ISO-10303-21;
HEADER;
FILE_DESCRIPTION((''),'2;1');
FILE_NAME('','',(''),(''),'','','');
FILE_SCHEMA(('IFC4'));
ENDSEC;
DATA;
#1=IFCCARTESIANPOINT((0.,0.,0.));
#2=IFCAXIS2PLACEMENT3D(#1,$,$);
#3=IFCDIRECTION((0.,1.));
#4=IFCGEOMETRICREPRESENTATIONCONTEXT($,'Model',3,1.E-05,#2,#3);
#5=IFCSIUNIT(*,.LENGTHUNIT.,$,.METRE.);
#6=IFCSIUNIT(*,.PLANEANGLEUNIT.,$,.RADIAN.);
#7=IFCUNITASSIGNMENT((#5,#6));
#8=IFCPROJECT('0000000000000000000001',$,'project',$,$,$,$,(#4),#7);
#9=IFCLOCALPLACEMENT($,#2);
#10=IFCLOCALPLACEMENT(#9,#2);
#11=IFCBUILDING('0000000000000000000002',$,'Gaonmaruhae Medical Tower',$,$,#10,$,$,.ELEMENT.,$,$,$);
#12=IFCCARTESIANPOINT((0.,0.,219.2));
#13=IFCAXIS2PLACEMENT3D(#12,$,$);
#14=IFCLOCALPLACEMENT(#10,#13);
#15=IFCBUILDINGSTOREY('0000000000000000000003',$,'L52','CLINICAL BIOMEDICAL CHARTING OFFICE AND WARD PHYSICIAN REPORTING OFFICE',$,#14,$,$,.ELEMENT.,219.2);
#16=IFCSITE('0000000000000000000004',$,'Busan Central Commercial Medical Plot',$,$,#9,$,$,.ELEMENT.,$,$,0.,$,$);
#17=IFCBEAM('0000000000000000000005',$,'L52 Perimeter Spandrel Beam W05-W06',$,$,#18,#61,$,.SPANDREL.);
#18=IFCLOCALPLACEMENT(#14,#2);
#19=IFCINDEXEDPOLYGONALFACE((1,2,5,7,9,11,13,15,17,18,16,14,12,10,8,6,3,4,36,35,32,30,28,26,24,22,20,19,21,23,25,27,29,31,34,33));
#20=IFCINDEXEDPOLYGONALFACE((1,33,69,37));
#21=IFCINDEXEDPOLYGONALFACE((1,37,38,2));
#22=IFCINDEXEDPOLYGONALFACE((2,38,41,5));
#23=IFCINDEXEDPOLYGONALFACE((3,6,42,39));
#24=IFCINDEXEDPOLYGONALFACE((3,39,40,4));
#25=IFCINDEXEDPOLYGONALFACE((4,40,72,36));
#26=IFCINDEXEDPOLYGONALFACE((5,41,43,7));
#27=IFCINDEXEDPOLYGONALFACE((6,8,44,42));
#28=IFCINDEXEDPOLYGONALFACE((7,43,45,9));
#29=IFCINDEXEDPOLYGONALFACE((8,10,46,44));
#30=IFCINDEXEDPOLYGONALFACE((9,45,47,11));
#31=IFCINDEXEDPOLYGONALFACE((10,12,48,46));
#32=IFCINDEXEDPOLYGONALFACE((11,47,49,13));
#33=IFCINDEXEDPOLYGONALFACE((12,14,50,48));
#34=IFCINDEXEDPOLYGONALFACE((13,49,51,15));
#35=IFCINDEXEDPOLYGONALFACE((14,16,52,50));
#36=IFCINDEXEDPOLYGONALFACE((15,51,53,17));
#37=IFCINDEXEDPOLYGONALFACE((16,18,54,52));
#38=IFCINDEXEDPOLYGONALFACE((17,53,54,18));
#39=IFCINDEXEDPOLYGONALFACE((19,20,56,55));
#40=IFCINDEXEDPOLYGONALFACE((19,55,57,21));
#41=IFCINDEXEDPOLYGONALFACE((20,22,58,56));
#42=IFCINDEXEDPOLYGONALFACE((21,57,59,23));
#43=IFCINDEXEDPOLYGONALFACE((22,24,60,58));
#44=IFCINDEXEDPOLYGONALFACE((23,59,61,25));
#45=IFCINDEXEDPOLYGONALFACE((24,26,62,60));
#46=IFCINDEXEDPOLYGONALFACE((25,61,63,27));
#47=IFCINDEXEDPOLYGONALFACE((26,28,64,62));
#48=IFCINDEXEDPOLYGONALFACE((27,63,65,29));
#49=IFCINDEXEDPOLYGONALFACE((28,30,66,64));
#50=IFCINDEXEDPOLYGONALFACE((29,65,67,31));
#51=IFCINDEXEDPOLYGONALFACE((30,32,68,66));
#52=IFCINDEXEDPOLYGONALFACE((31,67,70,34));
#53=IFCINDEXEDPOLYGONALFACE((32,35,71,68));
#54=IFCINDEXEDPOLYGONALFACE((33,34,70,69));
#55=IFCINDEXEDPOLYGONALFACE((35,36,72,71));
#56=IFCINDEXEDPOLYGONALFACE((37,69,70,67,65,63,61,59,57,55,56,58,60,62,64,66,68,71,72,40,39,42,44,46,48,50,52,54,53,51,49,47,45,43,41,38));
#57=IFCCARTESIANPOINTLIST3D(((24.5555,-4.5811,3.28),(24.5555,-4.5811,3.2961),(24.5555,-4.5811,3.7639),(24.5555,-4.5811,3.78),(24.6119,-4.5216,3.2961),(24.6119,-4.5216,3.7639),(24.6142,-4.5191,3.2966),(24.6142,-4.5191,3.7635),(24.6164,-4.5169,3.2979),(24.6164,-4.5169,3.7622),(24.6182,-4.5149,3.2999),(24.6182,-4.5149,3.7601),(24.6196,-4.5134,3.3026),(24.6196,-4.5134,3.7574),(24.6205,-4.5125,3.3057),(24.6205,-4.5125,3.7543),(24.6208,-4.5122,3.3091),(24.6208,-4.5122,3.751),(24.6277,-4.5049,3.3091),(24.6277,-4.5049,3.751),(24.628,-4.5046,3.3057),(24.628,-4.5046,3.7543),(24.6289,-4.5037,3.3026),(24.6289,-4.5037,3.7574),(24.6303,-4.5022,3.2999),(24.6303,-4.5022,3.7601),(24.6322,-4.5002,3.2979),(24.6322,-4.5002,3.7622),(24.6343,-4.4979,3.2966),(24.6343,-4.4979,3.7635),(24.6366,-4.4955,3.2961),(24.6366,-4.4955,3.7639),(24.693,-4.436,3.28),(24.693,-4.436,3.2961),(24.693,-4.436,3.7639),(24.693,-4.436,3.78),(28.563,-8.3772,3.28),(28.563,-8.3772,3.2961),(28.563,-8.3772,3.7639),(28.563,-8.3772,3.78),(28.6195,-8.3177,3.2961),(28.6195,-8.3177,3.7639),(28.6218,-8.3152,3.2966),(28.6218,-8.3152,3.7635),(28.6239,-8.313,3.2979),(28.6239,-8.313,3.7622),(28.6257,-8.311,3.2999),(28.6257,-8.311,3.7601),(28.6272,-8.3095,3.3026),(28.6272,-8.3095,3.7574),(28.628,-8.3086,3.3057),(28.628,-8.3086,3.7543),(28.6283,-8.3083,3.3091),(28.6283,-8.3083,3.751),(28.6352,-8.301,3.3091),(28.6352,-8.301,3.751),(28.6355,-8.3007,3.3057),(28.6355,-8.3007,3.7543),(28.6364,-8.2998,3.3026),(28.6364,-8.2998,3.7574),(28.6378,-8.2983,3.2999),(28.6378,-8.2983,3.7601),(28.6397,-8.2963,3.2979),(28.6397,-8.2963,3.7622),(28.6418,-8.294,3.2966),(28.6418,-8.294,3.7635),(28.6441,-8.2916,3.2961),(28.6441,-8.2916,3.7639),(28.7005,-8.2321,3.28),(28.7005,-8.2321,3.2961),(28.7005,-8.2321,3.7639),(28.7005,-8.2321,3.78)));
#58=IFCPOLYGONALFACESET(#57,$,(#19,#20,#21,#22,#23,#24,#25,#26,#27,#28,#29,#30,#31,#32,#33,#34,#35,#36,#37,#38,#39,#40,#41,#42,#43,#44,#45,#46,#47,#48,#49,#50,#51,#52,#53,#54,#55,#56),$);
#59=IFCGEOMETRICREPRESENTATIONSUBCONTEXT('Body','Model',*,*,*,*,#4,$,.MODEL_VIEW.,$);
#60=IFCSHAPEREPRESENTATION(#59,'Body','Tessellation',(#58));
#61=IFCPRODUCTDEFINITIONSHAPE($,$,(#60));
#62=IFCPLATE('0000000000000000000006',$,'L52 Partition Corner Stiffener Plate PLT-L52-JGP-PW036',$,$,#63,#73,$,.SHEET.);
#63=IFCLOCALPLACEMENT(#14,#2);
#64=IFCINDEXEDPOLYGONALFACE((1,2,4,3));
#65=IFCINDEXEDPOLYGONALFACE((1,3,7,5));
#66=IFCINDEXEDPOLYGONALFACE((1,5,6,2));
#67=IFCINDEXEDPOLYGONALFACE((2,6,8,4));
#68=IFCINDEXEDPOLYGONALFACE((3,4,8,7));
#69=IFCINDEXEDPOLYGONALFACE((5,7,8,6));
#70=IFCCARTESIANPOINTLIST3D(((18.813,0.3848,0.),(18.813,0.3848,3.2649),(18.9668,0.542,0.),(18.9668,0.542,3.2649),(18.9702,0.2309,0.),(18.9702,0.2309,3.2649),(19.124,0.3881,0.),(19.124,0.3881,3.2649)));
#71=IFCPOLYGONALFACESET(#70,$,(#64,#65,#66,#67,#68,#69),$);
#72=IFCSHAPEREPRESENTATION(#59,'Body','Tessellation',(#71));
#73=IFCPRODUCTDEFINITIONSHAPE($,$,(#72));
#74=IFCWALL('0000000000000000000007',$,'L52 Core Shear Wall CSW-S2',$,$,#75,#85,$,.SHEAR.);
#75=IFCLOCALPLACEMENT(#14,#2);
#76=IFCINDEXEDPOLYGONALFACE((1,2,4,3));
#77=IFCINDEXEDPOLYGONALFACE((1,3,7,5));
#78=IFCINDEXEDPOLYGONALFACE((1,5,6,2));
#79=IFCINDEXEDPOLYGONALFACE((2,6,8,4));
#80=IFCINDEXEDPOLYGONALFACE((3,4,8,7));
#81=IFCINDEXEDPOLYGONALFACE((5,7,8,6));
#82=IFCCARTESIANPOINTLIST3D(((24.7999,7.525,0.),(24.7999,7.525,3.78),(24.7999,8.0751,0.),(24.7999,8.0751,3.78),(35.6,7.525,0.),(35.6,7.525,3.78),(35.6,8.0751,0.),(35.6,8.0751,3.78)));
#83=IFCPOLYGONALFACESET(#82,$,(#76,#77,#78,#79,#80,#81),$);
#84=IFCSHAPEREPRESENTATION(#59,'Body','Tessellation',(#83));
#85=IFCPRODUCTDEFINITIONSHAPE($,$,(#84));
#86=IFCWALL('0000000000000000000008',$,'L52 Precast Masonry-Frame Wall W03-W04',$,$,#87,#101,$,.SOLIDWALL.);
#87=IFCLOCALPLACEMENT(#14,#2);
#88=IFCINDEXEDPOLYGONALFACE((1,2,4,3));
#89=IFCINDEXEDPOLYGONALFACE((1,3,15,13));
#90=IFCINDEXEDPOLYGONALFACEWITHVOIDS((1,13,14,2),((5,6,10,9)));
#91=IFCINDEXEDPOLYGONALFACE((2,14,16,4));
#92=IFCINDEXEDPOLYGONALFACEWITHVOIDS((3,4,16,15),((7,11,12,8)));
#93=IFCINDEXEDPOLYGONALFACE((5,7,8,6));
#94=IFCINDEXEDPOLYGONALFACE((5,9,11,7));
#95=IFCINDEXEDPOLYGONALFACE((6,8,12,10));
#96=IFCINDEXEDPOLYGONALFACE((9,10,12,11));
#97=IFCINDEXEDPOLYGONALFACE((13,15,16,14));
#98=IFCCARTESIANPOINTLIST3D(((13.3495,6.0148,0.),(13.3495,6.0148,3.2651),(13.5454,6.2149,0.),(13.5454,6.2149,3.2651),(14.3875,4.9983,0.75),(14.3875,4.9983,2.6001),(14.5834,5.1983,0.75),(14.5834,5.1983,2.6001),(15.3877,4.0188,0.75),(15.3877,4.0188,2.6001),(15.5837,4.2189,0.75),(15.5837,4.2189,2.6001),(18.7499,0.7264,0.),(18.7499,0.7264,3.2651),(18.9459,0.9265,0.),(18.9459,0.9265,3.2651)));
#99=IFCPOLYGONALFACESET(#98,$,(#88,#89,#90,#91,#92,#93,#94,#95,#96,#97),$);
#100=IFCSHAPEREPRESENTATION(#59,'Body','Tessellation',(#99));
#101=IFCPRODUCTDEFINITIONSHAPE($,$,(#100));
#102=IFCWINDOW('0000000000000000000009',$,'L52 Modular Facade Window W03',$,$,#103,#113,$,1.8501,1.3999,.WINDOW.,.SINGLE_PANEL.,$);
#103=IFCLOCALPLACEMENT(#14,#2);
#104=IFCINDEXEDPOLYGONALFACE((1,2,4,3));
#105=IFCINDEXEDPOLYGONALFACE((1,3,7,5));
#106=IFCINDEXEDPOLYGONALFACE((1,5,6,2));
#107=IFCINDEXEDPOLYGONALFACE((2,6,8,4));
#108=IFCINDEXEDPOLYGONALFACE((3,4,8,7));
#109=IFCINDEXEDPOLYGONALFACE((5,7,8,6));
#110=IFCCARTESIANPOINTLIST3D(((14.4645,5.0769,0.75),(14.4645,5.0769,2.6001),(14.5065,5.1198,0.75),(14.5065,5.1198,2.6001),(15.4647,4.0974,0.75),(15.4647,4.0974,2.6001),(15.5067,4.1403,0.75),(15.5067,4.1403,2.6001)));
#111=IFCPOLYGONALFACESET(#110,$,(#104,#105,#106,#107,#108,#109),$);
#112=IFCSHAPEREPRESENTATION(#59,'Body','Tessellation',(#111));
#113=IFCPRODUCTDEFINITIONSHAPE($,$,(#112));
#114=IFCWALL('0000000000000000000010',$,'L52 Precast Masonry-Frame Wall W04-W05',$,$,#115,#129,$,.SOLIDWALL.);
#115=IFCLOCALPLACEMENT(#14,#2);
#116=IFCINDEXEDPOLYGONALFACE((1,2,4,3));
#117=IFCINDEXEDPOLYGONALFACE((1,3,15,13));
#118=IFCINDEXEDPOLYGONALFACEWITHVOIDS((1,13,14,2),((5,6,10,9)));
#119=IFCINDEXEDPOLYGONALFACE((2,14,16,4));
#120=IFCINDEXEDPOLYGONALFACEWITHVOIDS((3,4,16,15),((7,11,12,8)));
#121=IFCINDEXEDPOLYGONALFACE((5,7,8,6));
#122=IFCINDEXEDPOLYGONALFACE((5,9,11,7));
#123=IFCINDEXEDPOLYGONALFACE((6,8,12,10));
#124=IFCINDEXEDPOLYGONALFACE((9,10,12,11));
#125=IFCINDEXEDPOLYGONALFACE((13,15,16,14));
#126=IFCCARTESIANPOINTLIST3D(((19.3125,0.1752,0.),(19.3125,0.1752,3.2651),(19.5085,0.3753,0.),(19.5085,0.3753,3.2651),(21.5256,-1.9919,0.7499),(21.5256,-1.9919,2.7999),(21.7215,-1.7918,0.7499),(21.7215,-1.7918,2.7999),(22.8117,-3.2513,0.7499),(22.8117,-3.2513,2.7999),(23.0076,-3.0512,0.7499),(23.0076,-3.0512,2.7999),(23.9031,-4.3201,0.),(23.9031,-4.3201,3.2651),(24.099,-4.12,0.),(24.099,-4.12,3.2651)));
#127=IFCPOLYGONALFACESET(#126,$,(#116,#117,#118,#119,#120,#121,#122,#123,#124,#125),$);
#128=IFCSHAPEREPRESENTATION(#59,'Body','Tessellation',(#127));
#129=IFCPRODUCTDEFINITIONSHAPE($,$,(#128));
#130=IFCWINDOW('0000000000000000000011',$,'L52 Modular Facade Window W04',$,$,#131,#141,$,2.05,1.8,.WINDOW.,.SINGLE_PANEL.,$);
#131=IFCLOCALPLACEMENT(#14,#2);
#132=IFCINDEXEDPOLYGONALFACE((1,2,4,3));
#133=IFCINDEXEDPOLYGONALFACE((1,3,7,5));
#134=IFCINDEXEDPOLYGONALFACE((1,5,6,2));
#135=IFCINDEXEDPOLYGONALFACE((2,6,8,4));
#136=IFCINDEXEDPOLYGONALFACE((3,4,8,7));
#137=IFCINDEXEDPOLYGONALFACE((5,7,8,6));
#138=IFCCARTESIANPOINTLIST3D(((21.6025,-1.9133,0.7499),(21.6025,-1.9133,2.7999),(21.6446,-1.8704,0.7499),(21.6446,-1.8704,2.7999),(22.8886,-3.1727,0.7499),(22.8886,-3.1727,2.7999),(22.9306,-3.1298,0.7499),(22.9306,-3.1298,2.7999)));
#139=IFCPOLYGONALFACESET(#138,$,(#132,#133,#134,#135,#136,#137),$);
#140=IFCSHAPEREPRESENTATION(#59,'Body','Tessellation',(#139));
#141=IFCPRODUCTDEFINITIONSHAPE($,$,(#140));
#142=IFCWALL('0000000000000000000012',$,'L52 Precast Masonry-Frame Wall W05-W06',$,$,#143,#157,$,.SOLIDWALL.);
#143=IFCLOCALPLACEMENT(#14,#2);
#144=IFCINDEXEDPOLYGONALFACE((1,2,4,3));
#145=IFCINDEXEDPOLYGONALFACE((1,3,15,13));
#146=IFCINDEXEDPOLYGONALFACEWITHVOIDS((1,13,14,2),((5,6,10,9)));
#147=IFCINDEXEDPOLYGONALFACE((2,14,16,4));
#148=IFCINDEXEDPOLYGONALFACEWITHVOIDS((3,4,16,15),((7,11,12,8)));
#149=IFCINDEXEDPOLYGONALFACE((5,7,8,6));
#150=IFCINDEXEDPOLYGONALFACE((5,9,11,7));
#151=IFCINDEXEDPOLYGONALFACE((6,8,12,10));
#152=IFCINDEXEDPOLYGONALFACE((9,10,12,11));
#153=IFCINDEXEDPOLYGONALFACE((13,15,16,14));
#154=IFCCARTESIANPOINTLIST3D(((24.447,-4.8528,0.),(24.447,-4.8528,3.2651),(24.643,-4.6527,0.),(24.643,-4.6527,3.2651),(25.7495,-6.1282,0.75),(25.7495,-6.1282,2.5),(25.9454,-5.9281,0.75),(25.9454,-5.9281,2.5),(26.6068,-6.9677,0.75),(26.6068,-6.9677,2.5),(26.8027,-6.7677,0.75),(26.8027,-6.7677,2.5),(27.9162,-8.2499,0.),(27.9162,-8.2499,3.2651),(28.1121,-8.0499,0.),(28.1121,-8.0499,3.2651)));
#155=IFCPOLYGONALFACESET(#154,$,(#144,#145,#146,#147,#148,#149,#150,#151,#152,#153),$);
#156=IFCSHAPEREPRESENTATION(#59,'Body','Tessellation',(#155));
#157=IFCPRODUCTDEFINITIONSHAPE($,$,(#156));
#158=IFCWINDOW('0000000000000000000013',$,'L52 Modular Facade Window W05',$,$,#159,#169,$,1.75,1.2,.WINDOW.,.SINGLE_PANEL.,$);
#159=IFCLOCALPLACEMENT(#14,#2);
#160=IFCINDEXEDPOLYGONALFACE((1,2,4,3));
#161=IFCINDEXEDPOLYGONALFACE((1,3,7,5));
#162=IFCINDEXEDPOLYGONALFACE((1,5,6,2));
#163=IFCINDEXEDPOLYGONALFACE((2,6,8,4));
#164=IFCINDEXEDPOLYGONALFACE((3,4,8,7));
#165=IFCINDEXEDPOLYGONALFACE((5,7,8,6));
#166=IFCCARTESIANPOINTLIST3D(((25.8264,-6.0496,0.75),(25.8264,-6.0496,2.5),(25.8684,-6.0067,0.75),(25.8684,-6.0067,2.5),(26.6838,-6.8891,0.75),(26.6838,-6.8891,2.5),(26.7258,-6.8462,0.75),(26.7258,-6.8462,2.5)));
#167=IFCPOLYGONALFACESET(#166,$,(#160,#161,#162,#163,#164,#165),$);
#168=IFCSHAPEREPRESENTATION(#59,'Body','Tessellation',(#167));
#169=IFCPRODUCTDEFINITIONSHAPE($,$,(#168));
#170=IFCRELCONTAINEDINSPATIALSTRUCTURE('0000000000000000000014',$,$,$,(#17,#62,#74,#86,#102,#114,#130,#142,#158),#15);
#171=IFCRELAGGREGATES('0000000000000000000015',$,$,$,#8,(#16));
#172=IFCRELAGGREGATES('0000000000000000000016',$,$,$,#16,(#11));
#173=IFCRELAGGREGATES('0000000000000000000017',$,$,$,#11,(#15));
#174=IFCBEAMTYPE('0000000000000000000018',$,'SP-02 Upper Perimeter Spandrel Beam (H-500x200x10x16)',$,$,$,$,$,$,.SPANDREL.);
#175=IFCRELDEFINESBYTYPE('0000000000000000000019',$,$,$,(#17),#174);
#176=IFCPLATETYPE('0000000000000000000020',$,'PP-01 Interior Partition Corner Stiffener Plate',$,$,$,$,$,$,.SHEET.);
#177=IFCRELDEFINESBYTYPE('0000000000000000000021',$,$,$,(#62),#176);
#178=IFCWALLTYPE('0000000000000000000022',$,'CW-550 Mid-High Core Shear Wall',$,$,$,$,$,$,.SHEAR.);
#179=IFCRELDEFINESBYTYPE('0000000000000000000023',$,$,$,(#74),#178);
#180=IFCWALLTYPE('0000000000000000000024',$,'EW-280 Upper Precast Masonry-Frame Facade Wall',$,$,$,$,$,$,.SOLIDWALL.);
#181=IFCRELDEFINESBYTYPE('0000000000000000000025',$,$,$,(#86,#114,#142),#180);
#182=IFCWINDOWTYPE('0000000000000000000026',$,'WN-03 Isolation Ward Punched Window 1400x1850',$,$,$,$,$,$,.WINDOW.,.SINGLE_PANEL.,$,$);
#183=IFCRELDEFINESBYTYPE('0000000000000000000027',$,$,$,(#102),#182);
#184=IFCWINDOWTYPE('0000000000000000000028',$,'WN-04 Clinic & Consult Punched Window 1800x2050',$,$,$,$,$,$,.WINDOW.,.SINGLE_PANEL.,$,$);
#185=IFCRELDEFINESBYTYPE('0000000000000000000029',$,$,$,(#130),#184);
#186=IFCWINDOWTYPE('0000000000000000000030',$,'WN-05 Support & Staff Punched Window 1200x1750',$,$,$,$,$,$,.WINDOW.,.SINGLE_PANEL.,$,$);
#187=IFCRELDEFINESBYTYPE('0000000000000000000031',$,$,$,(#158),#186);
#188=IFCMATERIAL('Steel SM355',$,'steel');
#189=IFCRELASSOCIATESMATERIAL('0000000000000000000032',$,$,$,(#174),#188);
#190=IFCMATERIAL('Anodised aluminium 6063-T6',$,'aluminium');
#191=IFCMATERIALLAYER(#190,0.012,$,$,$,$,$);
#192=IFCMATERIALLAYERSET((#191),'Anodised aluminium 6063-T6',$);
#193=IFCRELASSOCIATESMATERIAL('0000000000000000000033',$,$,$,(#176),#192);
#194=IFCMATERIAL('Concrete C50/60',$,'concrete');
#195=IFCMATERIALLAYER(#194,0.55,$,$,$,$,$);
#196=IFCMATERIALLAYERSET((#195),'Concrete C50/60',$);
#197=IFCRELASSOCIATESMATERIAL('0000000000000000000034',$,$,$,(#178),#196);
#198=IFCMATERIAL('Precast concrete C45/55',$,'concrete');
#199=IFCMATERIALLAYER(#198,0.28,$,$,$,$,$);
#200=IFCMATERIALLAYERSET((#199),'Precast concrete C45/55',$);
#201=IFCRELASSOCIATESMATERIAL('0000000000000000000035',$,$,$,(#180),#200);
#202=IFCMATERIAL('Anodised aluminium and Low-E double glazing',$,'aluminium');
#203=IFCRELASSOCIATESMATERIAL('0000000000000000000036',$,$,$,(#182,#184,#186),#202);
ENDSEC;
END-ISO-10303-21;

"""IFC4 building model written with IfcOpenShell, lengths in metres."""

from ifc_helpers import new_model, si_unit, direction, frame, frame_2d, origin, origin_2d, place, context, subcontext, project, spatial, rectangle, i_section, extrude, material, layer, layer_set, material_profile, profile_set, type_object, element, fill, save


model = new_model("IFC4")

# Units and contexts
model_context = context("Model", 3, precision=1e-05, world=origin(), true_north=direction((0.0, 1.0)))
body_context = subcontext(model_context, "Body", "Model", "MODEL_VIEW")
ifc_project = project(units=[si_unit("LENGTHUNIT", "METRE"), si_unit("PLANEANGLEUNIT", "RADIAN")], contexts=[model_context])

# Site, building, storey
site_placement = place(None, origin())
site = spatial("IfcSite", under=ifc_project, at=site_placement, Name="Busan Central Commercial Medical Plot", CompositionType="ELEMENT", RefElevation=0.0)
building_placement = place(site_placement, origin())
building = spatial("IfcBuilding", under=site, at=building_placement, Name="Gaonmaruhae Medical Tower", CompositionType="ELEMENT")
storey_placement = place(building_placement, frame((0.0, 0.0, 219.2)))
storey = spatial("IfcBuildingStorey", under=building, at=storey_placement, Name="L52", Description="CLINICAL BIOMEDICAL CHARTING OFFICE AND WARD PHYSICIAN REPORTING OFFICE", CompositionType="ELEMENT", Elevation=219.2)

# Shared definitions
ifc_material_1 = material(Name="Concrete C50/60", Category="concrete")

# Beam
ifc_material_2 = material(Name="Steel SM355", Category="steel")
ifc_material_profile_1 = material_profile(ifc_material_2, i_section(OverallWidth=0.2, OverallDepth=0.5, WebThickness=0.01, FlangeThickness=0.0161, FilletRadius=0.0129, at=origin_2d()), Name="H-500x200x10x16")
ifc_profile_set_1 = profile_set([ifc_material_profile_1], Name="Steel SM355")
beam_type_1 = type_object("IfcBeamType", Name="SP-02 Upper Perimeter Spandrel Beam (H-500x200x10x16)", PredefinedType="SPANDREL", material=ifc_profile_set_1)
beam_1_placement = place(storey_placement, frame((24.6243, -4.5085, 3.53), z_axis=(0.725998, -0.687697, 0.0), x_axis=(0.687697, 0.725998, 0.0)))
element("IfcBeam", 1, at=beam_1_placement, inside=storey, type_object=beam_type_1, Name="L52 Perimeter Spandrel Beam W05-W06", PredefinedType="SPANDREL", context=body_context, shape_type="SweptSolid", body=[
    extrude(i_section(OverallWidth=0.2, OverallDepth=0.5, WebThickness=0.01, FlangeThickness=0.0161, FilletRadius=0.0129, at=origin_2d()), origin(), (0.0, 0.0, 1.0), 5.52),
])

# Plate
ifc_material_3 = material(Name="Anodised aluminium 6063-T6", Category="aluminium")
ifc_layer_1 = layer(ifc_material_3, 0.012)
ifc_layer_set_1 = layer_set([ifc_layer_1], Name="Anodised aluminium 6063-T6")
plate_type = type_object("IfcPlateType", Name="PP-01 Interior Partition Corner Stiffener Plate", PredefinedType="SHEET", material=ifc_layer_set_1)
plate_placement = place(storey_placement, frame((18.9685, 0.3865, 0.0), z_axis=(0.0, 0.0, 1.0), x_axis=(-0.71468, 0.699451, 0.0)))
element("IfcPlate", 2, at=plate_placement, inside=storey, type_object=plate_type, Name="L52 Partition Corner Stiffener Plate PLT-L52-JGP-PW036", PredefinedType="SHEET", context=body_context, shape_type="SweptSolid", body=[
    extrude(rectangle(XDim=0.22, YDim=0.22, at=origin_2d()), origin(), (0.0, 0.0, 1.0), 3.2649),
])

# Wall
ifc_layer_2 = layer(ifc_material_1, 0.55)
ifc_layer_set_2 = layer_set([ifc_layer_2], Name="Concrete C50/60")
wall_type_1 = type_object("IfcWallType", Name="CW-550 Mid-High Core Shear Wall", PredefinedType="SHEAR", material=ifc_layer_set_2)
wall_1_placement = place(storey_placement, frame((24.8, 7.8, 0.0), z_axis=(0.0, 0.0, 1.0), x_axis=(1.0, 0.0, 0.0)))
element("IfcWall", 3, at=wall_1_placement, inside=storey, type_object=wall_type_1, Name="L52 Core Shear Wall CSW-S2", PredefinedType="SHEAR", context=body_context, shape_type="SweptSolid", body=[
    extrude(rectangle(XDim=10.8, YDim=0.55, at=frame_2d((5.3999, 0.0))), origin(), (0.0, 0.0, 1.0), 3.78),
])

# Walls, openings, windows
ifc_material_4 = material(Name="Precast concrete C45/55", Category="concrete")
ifc_layer_3 = layer(ifc_material_4, 0.28)
ifc_layer_set_3 = layer_set([ifc_layer_3], Name="Precast concrete C45/55")
wall_type_2 = type_object("IfcWallType", Name="EW-280 Upper Precast Masonry-Frame Facade Wall", PredefinedType="SOLIDWALL", material=ifc_layer_set_3)
wall_2_placement = place(storey_placement, frame((18.8479, 0.8264, 0.0), z_axis=(0.0, 0.0, 1.0), x_axis=(-0.714481, 0.699655, 0.0)))
wall_2 = element("IfcWall", 4, at=wall_2_placement, inside=storey, type_object=wall_type_2, Name="L52 Precast Masonry-Frame Wall W03-W04", PredefinedType="SOLIDWALL", context=body_context, shape_type="SweptSolid", body=[
    extrude(rectangle(XDim=7.5586, YDim=0.28, at=frame_2d((3.7793, 0.0))), origin(), (0.0, 0.0, 1.0), 3.2651),
])
opening_1_placement = place(wall_2_placement, frame((4.7058, 0.0, 0.75)))
opening_1 = element("IfcOpeningElement", 5, at=opening_1_placement, cuts=wall_2, PredefinedType="OPENING", context=body_context, shape_type="SweptSolid", body=[
    extrude(rectangle(XDim=1.3999, YDim=1.8501, at=frame_2d((0.7, 0.925))), frame((0.0, 0.1499, 0.0), z_axis=(0.0, -1.0, 0.0), x_axis=(1.0, 0.0, 0.0)), (0.0, 0.0, 1.0), 0.3),
])
ifc_material_5 = material(Name="Anodised aluminium and Low-E double glazing", Category="aluminium")
window_type_1 = type_object("IfcWindowType", Name="WN-03 Isolation Ward Punched Window 1400x1850", PartitioningType="SINGLE_PANEL", PredefinedType="WINDOW", material=ifc_material_5)
window_1_placement = place(opening_1_placement, origin())
window_1 = element("IfcWindow", 6, at=window_1_placement, inside=storey, type_object=window_type_1, Name="L52 Modular Facade Window W03", OverallHeight=1.8501, OverallWidth=1.3999, PartitioningType="SINGLE_PANEL", PredefinedType="WINDOW", context=body_context, shape_type="SweptSolid", body=[
    extrude(rectangle(XDim=1.3999, YDim=1.8501, at=frame_2d((0.7, 0.925))), frame((0.0, 0.03, 0.0), z_axis=(0.0, -1.0, 0.0), x_axis=(1.0, 0.0, 0.0)), (0.0, 0.0, 1.0), 0.0601),
])
fill(opening_1, window_1)
wall_3_placement = place(storey_placement, frame((24.001, -4.22, 0.0), z_axis=(0.0, 0.0, 1.0), x_axis=(-0.714478, 0.699658, 0.0)))
wall_3 = element("IfcWall", 7, at=wall_3_placement, inside=storey, type_object=wall_type_2, Name="L52 Precast Masonry-Frame Wall W04-W05", PredefinedType="SOLIDWALL", context=body_context, shape_type="SweptSolid", body=[
    extrude(rectangle(XDim=6.425, YDim=0.28, at=frame_2d((3.2124, 0.0))), origin(), (0.0, 0.0, 1.0), 3.2651),
])
opening_2_placement = place(wall_3_placement, frame((1.5276, 0.0, 0.75)))
opening_2 = element("IfcOpeningElement", 8, at=opening_2_placement, cuts=wall_3, PredefinedType="OPENING", context=body_context, shape_type="SweptSolid", body=[
    extrude(rectangle(XDim=1.8, YDim=2.05, at=frame_2d((0.8999, 1.0249))), frame((0.0, 0.1499, 0.0), z_axis=(0.0, -1.0, 0.0), x_axis=(1.0, 0.0, 0.0)), (0.0, 0.0, 1.0), 0.3),
])
window_type_2 = type_object("IfcWindowType", Name="WN-04 Clinic & Consult Punched Window 1800x2050", PartitioningType="SINGLE_PANEL", PredefinedType="WINDOW", material=ifc_material_5)
window_2_placement = place(opening_2_placement, origin())
window_2 = element("IfcWindow", 9, at=window_2_placement, inside=storey, type_object=window_type_2, Name="L52 Modular Facade Window W04", OverallHeight=2.05, OverallWidth=1.8, PartitioningType="SINGLE_PANEL", PredefinedType="WINDOW", context=body_context, shape_type="SweptSolid", body=[
    extrude(rectangle(XDim=1.8, YDim=2.05, at=frame_2d((0.8999, 1.0249))), frame((0.0, 0.03, 0.0), z_axis=(0.0, -1.0, 0.0), x_axis=(1.0, 0.0, 0.0)), (0.0, 0.0, 1.0), 0.0601),
])
fill(opening_2, window_2)
wall_4_placement = place(storey_placement, frame((28.0142, -8.1499, 0.0), z_axis=(0.0, 0.0, 1.0), x_axis=(-0.714484, 0.699652, 0.0)))
wall_4 = element("IfcWall", 10, at=wall_4_placement, inside=storey, type_object=wall_type_2, Name="L52 Precast Masonry-Frame Wall W05-W06", PredefinedType="SOLIDWALL", context=body_context, shape_type="SweptSolid", body=[
    extrude(rectangle(XDim=4.8555, YDim=0.28, at=frame_2d((2.4277, 0.0))), origin(), (0.0, 0.0, 1.0), 3.2651),
])
opening_3_placement = place(wall_4_placement, frame((1.8325, 0.0, 0.75)))
opening_3 = element("IfcOpeningElement", 11, at=opening_3_placement, cuts=wall_4, PredefinedType="OPENING", context=body_context, shape_type="SweptSolid", body=[
    extrude(rectangle(XDim=1.2, YDim=1.75, at=frame_2d((0.6001, 0.875))), frame((0.0, 0.1499, 0.0), z_axis=(0.0, -1.0, 0.0), x_axis=(1.0, 0.0, 0.0)), (0.0, 0.0, 1.0), 0.3),
])
window_type_3 = type_object("IfcWindowType", Name="WN-05 Support & Staff Punched Window 1200x1750", PartitioningType="SINGLE_PANEL", PredefinedType="WINDOW", material=ifc_material_5)
window_3_placement = place(opening_3_placement, origin())
window_3 = element("IfcWindow", 12, at=window_3_placement, inside=storey, type_object=window_type_3, Name="L52 Modular Facade Window W05", OverallHeight=1.75, OverallWidth=1.2, PartitioningType="SINGLE_PANEL", PredefinedType="WINDOW", context=body_context, shape_type="SweptSolid", body=[
    extrude(rectangle(XDim=1.2, YDim=1.75, at=frame_2d((0.6001, 0.875))), frame((0.0, 0.03, 0.0), z_axis=(0.0, -1.0, 0.0), x_axis=(1.0, 0.0, 0.0)), (0.0, 0.0, 1.0), 0.0601),
])
fill(opening_3, window_3)

save(model, "model.ifc")
